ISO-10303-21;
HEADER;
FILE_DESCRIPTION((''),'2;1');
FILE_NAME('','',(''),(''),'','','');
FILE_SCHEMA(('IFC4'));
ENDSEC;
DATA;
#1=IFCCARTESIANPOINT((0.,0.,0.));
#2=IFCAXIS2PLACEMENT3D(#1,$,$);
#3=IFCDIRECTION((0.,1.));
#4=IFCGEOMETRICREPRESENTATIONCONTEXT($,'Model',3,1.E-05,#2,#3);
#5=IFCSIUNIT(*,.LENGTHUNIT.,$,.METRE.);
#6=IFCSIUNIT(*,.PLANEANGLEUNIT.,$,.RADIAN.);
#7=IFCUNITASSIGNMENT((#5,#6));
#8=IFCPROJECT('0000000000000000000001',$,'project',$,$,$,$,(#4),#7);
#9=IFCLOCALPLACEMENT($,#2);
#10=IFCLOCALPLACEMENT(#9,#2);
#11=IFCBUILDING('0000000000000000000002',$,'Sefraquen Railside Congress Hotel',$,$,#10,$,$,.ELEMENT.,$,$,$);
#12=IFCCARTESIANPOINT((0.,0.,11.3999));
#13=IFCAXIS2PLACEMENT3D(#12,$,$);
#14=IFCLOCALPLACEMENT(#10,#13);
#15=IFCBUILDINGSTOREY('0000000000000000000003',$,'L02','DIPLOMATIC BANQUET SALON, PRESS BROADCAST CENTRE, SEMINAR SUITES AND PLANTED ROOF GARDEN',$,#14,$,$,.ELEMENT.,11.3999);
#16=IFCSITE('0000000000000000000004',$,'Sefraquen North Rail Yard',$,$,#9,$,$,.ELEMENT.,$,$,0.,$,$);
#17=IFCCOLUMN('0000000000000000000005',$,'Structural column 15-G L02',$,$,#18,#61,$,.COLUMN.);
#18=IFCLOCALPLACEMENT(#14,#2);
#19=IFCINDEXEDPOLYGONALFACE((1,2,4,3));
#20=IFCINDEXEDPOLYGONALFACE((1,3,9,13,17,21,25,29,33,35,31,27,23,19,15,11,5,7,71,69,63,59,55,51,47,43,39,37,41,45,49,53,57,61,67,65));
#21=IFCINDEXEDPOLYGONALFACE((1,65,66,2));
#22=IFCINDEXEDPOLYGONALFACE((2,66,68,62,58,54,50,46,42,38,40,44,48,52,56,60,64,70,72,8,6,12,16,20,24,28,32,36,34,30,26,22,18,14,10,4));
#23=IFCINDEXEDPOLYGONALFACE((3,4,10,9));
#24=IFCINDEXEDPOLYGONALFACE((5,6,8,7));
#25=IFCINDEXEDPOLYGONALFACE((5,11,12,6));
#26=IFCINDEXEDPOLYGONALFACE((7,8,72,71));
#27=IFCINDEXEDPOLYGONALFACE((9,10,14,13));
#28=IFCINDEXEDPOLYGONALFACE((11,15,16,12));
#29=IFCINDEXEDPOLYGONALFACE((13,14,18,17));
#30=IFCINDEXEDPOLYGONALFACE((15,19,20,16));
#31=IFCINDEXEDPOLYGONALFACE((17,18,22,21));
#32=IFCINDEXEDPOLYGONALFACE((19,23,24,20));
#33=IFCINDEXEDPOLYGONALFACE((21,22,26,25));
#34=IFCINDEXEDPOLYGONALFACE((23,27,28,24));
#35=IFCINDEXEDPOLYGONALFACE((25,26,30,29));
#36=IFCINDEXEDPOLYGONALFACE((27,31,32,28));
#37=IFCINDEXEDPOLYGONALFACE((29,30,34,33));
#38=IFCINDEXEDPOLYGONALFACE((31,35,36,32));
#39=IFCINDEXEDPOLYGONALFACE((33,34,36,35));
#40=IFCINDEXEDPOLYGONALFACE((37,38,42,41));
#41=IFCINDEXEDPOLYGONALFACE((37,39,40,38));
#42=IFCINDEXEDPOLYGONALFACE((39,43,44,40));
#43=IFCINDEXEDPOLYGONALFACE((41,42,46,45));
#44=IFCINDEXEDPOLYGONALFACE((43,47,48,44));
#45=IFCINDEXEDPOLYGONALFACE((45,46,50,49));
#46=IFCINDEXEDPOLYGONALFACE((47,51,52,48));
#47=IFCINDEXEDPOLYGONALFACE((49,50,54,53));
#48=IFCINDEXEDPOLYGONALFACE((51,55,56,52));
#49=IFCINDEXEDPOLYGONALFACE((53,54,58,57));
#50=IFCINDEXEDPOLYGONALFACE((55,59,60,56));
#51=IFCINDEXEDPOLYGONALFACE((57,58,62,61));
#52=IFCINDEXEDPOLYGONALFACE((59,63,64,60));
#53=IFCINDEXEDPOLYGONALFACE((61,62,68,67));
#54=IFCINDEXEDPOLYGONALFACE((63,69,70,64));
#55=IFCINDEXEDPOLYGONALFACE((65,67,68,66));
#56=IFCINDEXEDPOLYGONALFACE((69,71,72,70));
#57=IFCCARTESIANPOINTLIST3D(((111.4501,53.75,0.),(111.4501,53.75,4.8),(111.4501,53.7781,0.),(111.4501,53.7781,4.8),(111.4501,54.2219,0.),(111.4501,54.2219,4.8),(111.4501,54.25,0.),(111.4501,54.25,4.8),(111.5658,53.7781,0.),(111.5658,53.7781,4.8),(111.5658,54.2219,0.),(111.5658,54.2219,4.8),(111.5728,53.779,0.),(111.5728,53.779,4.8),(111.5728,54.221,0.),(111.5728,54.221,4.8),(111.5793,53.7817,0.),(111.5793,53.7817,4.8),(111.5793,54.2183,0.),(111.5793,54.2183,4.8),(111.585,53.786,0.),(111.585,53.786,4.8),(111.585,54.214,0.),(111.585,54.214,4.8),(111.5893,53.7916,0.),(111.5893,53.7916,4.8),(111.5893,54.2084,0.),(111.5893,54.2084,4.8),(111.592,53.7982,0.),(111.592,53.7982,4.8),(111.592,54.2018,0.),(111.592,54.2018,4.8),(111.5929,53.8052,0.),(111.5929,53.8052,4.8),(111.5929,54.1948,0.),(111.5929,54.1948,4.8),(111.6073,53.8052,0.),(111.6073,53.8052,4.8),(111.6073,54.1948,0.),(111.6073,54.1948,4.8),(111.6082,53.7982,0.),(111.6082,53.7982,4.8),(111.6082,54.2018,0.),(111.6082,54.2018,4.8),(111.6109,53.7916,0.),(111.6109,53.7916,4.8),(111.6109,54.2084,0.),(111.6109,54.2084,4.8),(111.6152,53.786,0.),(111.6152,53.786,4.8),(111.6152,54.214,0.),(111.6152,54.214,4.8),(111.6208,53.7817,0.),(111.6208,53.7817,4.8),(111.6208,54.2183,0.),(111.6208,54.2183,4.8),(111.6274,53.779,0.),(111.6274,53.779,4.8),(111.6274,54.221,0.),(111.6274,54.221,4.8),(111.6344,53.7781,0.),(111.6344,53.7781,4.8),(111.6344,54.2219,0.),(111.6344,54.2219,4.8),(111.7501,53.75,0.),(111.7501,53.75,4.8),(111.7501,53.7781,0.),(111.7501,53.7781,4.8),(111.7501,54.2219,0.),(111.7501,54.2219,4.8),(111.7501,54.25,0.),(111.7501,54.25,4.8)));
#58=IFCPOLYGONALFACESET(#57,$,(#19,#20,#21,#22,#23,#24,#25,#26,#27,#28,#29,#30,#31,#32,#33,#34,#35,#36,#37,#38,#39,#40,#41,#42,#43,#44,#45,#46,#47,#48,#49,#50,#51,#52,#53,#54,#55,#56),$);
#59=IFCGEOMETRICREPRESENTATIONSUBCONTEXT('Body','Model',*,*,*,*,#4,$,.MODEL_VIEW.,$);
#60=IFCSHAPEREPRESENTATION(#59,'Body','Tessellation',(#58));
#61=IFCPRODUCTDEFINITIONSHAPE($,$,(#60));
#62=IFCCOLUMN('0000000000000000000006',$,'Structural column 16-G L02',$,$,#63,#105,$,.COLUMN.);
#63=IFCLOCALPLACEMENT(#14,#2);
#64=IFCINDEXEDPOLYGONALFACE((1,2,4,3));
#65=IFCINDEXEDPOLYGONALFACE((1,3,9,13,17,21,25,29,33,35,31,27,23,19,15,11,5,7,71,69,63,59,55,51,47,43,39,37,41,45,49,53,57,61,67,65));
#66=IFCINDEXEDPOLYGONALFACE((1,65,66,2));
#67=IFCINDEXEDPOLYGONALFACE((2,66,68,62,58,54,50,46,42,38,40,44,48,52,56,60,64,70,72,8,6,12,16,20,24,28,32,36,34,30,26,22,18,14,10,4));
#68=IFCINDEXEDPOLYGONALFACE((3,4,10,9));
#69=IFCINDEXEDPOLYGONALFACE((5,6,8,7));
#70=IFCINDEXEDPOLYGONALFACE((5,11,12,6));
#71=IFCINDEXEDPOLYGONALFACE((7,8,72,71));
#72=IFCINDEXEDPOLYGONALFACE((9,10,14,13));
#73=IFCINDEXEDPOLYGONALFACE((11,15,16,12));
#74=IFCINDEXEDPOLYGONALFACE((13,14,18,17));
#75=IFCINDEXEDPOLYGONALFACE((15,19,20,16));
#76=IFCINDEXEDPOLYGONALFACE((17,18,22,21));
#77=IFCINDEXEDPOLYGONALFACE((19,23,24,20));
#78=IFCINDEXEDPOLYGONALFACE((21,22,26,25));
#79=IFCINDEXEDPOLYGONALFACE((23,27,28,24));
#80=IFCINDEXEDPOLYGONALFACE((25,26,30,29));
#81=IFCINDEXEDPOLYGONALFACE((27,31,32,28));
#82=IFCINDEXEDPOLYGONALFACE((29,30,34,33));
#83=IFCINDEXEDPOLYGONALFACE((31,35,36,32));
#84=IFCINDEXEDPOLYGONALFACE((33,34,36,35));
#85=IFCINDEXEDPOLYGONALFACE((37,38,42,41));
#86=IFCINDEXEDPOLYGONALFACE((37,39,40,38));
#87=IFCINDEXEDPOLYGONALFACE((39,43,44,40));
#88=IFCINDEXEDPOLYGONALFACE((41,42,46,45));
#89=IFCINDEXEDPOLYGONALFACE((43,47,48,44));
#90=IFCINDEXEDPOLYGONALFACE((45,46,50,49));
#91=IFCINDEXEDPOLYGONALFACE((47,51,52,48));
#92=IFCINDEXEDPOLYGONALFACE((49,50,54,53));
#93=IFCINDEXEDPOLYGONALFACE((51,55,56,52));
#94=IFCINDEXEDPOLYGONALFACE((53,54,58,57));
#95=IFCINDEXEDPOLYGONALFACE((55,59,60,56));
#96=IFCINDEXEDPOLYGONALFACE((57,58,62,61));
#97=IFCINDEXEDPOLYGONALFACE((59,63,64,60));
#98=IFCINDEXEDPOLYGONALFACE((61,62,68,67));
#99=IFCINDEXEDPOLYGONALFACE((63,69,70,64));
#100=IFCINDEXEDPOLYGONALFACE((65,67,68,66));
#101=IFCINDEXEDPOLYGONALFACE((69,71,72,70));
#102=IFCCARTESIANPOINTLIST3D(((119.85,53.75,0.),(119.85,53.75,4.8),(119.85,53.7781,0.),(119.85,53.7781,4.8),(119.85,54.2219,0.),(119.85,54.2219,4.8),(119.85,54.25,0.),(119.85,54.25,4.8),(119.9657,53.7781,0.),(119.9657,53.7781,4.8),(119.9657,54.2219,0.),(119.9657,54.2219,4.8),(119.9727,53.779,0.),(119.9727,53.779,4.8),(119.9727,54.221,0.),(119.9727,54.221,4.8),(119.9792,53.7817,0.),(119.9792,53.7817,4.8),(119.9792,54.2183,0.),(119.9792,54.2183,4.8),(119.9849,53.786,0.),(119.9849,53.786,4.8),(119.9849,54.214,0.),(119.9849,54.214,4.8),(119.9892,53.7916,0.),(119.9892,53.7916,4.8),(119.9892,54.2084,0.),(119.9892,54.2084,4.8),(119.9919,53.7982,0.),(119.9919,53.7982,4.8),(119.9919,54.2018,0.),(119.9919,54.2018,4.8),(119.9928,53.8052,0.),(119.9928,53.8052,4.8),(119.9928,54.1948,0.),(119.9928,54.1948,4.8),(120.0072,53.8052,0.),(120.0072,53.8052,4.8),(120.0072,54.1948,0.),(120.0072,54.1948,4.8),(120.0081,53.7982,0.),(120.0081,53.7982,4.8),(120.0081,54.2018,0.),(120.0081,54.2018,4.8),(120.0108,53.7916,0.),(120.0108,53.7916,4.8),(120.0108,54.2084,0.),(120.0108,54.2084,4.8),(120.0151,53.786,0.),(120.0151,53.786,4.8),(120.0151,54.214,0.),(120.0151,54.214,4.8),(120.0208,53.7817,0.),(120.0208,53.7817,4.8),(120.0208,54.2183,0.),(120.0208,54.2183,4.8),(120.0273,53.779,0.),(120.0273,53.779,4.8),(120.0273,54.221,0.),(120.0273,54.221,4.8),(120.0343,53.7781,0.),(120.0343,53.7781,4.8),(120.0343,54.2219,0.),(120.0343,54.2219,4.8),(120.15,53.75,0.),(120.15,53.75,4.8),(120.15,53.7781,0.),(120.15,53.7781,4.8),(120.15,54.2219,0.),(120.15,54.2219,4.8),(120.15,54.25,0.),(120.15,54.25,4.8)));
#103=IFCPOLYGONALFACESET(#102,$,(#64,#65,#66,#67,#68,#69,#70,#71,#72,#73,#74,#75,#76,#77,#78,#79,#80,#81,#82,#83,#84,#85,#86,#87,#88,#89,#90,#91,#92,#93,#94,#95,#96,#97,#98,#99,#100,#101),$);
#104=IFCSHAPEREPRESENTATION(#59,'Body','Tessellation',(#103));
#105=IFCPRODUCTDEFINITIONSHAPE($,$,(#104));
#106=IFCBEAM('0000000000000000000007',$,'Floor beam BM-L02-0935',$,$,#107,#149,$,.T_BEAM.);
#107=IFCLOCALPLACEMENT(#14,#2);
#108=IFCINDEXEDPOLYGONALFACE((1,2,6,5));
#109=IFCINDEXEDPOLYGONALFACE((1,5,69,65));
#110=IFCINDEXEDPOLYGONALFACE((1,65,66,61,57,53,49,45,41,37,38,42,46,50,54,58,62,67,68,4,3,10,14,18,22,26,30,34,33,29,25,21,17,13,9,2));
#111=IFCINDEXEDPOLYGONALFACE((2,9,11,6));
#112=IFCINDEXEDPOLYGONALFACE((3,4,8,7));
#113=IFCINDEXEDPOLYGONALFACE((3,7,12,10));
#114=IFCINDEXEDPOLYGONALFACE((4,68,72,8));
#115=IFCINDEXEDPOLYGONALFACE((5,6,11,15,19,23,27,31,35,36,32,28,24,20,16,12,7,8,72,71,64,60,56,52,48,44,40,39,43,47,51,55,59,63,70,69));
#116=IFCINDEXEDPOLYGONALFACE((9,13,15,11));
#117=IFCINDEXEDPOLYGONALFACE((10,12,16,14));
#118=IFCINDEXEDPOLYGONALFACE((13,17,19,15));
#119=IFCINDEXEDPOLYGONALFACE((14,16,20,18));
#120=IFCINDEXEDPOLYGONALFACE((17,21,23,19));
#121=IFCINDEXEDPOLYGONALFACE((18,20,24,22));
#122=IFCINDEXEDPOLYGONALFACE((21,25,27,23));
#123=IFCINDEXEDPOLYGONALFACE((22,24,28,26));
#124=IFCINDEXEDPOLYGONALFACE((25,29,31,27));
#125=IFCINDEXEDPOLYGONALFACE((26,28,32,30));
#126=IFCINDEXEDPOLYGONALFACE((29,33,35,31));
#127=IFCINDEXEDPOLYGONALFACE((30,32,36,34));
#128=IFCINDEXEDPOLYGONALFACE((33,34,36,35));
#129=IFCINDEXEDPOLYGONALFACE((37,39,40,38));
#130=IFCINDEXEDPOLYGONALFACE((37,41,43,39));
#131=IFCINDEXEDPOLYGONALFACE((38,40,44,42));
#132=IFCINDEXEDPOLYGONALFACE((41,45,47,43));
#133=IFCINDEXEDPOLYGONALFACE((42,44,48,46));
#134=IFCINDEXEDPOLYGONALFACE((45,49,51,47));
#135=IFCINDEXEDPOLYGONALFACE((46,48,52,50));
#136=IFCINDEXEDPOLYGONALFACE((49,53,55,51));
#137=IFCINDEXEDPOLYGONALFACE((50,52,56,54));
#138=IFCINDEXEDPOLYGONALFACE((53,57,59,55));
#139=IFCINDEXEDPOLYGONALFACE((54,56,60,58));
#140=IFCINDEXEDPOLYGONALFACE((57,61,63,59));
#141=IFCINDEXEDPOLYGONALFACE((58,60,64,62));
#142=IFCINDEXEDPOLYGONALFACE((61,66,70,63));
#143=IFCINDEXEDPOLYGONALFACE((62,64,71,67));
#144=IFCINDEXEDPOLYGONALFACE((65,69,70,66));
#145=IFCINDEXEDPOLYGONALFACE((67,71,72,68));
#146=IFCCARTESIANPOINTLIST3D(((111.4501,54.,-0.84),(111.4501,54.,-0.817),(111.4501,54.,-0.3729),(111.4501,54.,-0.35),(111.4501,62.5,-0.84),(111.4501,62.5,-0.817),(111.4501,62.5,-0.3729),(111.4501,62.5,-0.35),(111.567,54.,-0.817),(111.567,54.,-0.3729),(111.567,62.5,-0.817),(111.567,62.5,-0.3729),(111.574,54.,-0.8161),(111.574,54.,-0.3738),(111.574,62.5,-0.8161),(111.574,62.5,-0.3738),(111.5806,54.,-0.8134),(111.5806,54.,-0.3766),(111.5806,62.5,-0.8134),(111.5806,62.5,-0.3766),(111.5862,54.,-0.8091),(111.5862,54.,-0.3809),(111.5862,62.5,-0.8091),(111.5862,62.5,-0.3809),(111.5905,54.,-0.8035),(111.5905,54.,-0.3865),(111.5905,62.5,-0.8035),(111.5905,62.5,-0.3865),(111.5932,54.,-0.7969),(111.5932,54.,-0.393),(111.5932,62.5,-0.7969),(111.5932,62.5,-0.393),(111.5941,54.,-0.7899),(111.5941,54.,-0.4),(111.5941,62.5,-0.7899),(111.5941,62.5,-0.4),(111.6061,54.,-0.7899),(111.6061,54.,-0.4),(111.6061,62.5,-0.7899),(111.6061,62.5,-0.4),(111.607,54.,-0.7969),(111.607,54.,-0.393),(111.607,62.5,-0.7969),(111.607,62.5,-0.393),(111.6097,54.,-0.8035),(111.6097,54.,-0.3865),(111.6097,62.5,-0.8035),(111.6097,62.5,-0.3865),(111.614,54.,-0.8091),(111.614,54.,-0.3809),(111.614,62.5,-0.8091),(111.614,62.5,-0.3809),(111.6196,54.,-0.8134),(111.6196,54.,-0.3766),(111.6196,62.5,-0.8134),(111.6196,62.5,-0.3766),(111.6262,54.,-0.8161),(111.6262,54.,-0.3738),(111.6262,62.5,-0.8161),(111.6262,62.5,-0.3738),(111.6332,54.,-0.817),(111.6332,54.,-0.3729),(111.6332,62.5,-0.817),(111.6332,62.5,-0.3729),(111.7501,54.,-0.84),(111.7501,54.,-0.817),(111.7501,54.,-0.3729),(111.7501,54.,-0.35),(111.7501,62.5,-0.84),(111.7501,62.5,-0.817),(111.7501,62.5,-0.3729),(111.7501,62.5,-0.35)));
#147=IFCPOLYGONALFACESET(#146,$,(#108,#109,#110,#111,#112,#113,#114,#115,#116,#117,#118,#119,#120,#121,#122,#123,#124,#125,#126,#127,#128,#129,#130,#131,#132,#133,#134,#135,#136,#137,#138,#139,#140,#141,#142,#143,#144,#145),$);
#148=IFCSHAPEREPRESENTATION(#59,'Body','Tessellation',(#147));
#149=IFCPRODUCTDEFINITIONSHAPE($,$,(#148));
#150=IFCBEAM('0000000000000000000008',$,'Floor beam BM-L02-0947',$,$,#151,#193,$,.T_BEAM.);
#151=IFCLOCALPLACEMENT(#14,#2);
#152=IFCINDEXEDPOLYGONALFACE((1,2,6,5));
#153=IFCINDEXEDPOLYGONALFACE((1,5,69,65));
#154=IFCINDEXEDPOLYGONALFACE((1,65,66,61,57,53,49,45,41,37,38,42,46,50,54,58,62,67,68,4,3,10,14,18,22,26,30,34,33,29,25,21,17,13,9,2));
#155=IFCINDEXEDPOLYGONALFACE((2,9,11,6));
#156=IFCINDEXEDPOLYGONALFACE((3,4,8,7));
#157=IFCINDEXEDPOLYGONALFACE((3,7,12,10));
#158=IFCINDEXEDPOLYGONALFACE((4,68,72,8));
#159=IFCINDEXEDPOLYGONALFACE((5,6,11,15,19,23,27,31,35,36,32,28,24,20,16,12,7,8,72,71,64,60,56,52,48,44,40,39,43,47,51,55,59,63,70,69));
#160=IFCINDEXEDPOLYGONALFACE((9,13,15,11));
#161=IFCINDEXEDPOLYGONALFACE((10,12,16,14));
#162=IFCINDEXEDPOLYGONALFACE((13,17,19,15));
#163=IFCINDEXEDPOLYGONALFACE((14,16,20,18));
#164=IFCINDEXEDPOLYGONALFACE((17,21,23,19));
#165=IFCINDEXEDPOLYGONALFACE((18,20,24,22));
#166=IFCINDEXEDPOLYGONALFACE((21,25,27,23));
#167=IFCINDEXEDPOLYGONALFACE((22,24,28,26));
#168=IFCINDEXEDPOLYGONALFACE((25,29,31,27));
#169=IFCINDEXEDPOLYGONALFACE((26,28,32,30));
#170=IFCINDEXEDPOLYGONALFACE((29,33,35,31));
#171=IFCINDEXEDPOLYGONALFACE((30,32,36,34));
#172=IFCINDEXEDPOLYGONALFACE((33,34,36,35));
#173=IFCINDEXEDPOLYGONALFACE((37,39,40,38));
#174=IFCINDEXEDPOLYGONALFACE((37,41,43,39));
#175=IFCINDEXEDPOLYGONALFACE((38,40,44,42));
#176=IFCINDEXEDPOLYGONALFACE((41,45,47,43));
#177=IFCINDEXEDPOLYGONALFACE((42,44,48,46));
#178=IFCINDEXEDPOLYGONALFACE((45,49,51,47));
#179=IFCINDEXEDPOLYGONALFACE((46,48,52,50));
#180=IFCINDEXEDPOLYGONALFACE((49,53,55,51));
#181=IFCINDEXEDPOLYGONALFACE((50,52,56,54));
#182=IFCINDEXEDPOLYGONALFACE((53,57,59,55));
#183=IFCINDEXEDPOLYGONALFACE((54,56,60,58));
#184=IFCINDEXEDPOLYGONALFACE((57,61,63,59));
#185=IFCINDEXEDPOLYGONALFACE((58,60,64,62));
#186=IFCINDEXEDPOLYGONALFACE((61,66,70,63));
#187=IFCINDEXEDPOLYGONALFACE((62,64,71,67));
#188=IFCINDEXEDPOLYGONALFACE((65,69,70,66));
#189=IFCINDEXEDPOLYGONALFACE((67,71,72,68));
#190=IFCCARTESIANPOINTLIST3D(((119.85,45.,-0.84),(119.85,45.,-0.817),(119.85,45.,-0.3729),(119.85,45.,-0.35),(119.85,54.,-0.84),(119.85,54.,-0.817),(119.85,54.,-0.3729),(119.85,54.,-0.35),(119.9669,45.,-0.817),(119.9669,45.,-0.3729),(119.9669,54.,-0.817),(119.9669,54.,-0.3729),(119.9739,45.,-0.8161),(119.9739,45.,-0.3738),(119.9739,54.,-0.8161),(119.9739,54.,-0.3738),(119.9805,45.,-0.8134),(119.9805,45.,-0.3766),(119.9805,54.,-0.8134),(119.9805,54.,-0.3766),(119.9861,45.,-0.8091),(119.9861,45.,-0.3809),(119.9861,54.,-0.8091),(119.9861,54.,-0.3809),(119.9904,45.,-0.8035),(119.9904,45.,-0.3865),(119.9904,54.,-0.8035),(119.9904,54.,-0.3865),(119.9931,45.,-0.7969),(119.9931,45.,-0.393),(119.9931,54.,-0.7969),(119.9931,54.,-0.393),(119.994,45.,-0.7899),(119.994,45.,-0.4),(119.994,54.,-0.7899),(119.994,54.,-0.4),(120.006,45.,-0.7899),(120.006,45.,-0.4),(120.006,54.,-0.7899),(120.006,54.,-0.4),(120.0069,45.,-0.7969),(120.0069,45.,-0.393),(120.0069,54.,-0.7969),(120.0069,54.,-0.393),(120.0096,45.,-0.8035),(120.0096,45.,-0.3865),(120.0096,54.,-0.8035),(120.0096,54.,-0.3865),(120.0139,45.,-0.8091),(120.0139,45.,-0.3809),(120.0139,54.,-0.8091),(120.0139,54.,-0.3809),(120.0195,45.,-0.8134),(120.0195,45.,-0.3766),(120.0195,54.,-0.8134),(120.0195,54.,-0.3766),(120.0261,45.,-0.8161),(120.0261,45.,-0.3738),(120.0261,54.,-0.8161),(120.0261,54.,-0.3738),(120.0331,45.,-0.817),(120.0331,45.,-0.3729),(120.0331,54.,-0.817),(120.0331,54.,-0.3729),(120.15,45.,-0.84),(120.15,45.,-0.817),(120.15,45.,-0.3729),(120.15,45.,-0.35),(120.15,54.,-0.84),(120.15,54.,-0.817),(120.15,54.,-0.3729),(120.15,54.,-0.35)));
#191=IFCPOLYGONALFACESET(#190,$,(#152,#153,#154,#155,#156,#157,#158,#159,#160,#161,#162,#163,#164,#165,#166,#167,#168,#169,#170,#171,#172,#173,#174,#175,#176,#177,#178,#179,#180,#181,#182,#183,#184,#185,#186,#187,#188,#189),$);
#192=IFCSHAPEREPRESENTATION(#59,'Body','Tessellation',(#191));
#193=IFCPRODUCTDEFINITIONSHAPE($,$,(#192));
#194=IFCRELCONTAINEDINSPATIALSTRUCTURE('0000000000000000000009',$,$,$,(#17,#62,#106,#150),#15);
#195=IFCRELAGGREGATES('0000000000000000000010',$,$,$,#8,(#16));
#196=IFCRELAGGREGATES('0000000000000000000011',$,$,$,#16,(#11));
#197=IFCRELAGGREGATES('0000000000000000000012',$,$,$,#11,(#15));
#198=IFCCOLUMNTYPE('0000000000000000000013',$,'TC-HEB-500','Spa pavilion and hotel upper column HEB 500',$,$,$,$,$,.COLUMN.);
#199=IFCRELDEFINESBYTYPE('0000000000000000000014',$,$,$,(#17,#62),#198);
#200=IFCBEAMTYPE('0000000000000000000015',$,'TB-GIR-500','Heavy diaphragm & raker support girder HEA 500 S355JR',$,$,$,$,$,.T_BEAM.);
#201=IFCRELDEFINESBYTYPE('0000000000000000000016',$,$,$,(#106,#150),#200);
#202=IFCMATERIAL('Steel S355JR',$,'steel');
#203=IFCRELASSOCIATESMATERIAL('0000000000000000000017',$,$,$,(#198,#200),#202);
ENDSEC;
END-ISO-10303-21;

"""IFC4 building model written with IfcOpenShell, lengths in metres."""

from ifc_helpers import new_model, si_unit, direction, frame, origin, origin_2d, place, context, subcontext, project, spatial, i_section, extrude, material, material_profile, profile_set, type_object, element, save


model = new_model("IFC4")

# Units and contexts
model_context = context("Model", 3, precision=1e-05, world=origin(), true_north=direction((0.0, 1.0)))
body_context = subcontext(model_context, "Body", "Model", "MODEL_VIEW")
ifc_project = project(units=[si_unit("LENGTHUNIT", "METRE"), si_unit("PLANEANGLEUNIT", "RADIAN")], contexts=[model_context])

# Site, building, storey
site_placement = place(None, origin())
site = spatial("IfcSite", under=ifc_project, at=site_placement, Name="Sefraquen North Rail Yard", CompositionType="ELEMENT", RefElevation=0.0)
building_placement = place(site_placement, origin())
building = spatial("IfcBuilding", under=site, at=building_placement, Name="Sefraquen Railside Congress Hotel", CompositionType="ELEMENT")
storey_placement = place(building_placement, frame((0.0, 0.0, 11.3999)))
storey = spatial("IfcBuildingStorey", under=building, at=storey_placement, Name="L02", Description="DIPLOMATIC BANQUET SALON, PRESS BROADCAST CENTRE, SEMINAR SUITES AND PLANTED ROOF GARDEN", CompositionType="ELEMENT", Elevation=11.3999)

# Columns
ifc_material_1 = material(Name="Steel S355JR", Category="steel")
ifc_material_profile_1 = material_profile(ifc_material_1, i_section(OverallWidth=0.3, OverallDepth=0.5, WebThickness=0.0144, FlangeThickness=0.0281, FilletRadius=0.0271, at=origin_2d()), Name="HEB 500")
ifc_profile_set_1 = profile_set([ifc_material_profile_1], Name="Steel S355JR")
column_type = type_object("IfcColumnType", Name="TC-HEB-500", Description="Spa pavilion and hotel upper column HEB 500", PredefinedType="COLUMN", material=ifc_profile_set_1)
for number, where, z_axis, x_axis, name in (
    (1, (111.6001, 54.0, 0.0), (0.0, 0.0, 1.0), (1.0, 0.0, 0.0), "Structural column 15-G L02"),
    (2, (120.0, 54.0, 0.0), (0.0, 0.0, 1.0), (1.0, 0.0, 0.0), "Structural column 16-G L02"),
):
    element("IfcColumn", number, at=place(storey_placement, frame(where, z_axis=z_axis, x_axis=x_axis)), inside=storey, type_object=column_type, Name=name, PredefinedType="COLUMN", context=body_context, shape_type="SweptSolid", body=[
        extrude(i_section(OverallWidth=0.3, OverallDepth=0.5, WebThickness=0.0144, FlangeThickness=0.0281, FilletRadius=0.0271, at=origin_2d()), origin(), (0.0, 0.0, 1.0), 4.8),
    ])

# Beams
ifc_material_profile_2 = material_profile(ifc_material_1, i_section(OverallWidth=0.3, OverallDepth=0.49, WebThickness=0.012, FlangeThickness=0.0229, FilletRadius=0.0271, at=origin_2d()), Name="HEA 500")
ifc_profile_set_2 = profile_set([ifc_material_profile_2], Name="Steel S355JR")
beam_type_1 = type_object("IfcBeamType", Name="TB-GIR-500", Description="Heavy diaphragm & raker support girder HEA 500 S355JR", PredefinedType="T_BEAM", material=ifc_profile_set_2)
beam_1_placement = place(storey_placement, frame((111.6001, 54.0, -0.595), z_axis=(0.0, 1.0, 0.0), x_axis=(-1.0, 0.0, 0.0)))
element("IfcBeam", 3, at=beam_1_placement, inside=storey, type_object=beam_type_1, Name="Floor beam BM-L02-0935", PredefinedType="T_BEAM", context=body_context, shape_type="SweptSolid", body=[
    extrude(i_section(OverallWidth=0.3, OverallDepth=0.49, WebThickness=0.012, FlangeThickness=0.0229, FilletRadius=0.0271, at=origin_2d()), origin(), (0.0, 0.0, 1.0), 8.5),
])
beam_2_placement = place(storey_placement, frame((120.0, 45.0, -0.595), z_axis=(0.0, 1.0, 0.0), x_axis=(-1.0, 0.0, 0.0)))
element("IfcBeam", 4, at=beam_2_placement, inside=storey, type_object=beam_type_1, Name="Floor beam BM-L02-0947", PredefinedType="T_BEAM", context=body_context, shape_type="SweptSolid", body=[
    extrude(i_section(OverallWidth=0.3, OverallDepth=0.49, WebThickness=0.012, FlangeThickness=0.0229, FilletRadius=0.0271, at=origin_2d()), origin(), (0.0, 0.0, 1.0), 9.0),
])

save(model, "model.ifc")
